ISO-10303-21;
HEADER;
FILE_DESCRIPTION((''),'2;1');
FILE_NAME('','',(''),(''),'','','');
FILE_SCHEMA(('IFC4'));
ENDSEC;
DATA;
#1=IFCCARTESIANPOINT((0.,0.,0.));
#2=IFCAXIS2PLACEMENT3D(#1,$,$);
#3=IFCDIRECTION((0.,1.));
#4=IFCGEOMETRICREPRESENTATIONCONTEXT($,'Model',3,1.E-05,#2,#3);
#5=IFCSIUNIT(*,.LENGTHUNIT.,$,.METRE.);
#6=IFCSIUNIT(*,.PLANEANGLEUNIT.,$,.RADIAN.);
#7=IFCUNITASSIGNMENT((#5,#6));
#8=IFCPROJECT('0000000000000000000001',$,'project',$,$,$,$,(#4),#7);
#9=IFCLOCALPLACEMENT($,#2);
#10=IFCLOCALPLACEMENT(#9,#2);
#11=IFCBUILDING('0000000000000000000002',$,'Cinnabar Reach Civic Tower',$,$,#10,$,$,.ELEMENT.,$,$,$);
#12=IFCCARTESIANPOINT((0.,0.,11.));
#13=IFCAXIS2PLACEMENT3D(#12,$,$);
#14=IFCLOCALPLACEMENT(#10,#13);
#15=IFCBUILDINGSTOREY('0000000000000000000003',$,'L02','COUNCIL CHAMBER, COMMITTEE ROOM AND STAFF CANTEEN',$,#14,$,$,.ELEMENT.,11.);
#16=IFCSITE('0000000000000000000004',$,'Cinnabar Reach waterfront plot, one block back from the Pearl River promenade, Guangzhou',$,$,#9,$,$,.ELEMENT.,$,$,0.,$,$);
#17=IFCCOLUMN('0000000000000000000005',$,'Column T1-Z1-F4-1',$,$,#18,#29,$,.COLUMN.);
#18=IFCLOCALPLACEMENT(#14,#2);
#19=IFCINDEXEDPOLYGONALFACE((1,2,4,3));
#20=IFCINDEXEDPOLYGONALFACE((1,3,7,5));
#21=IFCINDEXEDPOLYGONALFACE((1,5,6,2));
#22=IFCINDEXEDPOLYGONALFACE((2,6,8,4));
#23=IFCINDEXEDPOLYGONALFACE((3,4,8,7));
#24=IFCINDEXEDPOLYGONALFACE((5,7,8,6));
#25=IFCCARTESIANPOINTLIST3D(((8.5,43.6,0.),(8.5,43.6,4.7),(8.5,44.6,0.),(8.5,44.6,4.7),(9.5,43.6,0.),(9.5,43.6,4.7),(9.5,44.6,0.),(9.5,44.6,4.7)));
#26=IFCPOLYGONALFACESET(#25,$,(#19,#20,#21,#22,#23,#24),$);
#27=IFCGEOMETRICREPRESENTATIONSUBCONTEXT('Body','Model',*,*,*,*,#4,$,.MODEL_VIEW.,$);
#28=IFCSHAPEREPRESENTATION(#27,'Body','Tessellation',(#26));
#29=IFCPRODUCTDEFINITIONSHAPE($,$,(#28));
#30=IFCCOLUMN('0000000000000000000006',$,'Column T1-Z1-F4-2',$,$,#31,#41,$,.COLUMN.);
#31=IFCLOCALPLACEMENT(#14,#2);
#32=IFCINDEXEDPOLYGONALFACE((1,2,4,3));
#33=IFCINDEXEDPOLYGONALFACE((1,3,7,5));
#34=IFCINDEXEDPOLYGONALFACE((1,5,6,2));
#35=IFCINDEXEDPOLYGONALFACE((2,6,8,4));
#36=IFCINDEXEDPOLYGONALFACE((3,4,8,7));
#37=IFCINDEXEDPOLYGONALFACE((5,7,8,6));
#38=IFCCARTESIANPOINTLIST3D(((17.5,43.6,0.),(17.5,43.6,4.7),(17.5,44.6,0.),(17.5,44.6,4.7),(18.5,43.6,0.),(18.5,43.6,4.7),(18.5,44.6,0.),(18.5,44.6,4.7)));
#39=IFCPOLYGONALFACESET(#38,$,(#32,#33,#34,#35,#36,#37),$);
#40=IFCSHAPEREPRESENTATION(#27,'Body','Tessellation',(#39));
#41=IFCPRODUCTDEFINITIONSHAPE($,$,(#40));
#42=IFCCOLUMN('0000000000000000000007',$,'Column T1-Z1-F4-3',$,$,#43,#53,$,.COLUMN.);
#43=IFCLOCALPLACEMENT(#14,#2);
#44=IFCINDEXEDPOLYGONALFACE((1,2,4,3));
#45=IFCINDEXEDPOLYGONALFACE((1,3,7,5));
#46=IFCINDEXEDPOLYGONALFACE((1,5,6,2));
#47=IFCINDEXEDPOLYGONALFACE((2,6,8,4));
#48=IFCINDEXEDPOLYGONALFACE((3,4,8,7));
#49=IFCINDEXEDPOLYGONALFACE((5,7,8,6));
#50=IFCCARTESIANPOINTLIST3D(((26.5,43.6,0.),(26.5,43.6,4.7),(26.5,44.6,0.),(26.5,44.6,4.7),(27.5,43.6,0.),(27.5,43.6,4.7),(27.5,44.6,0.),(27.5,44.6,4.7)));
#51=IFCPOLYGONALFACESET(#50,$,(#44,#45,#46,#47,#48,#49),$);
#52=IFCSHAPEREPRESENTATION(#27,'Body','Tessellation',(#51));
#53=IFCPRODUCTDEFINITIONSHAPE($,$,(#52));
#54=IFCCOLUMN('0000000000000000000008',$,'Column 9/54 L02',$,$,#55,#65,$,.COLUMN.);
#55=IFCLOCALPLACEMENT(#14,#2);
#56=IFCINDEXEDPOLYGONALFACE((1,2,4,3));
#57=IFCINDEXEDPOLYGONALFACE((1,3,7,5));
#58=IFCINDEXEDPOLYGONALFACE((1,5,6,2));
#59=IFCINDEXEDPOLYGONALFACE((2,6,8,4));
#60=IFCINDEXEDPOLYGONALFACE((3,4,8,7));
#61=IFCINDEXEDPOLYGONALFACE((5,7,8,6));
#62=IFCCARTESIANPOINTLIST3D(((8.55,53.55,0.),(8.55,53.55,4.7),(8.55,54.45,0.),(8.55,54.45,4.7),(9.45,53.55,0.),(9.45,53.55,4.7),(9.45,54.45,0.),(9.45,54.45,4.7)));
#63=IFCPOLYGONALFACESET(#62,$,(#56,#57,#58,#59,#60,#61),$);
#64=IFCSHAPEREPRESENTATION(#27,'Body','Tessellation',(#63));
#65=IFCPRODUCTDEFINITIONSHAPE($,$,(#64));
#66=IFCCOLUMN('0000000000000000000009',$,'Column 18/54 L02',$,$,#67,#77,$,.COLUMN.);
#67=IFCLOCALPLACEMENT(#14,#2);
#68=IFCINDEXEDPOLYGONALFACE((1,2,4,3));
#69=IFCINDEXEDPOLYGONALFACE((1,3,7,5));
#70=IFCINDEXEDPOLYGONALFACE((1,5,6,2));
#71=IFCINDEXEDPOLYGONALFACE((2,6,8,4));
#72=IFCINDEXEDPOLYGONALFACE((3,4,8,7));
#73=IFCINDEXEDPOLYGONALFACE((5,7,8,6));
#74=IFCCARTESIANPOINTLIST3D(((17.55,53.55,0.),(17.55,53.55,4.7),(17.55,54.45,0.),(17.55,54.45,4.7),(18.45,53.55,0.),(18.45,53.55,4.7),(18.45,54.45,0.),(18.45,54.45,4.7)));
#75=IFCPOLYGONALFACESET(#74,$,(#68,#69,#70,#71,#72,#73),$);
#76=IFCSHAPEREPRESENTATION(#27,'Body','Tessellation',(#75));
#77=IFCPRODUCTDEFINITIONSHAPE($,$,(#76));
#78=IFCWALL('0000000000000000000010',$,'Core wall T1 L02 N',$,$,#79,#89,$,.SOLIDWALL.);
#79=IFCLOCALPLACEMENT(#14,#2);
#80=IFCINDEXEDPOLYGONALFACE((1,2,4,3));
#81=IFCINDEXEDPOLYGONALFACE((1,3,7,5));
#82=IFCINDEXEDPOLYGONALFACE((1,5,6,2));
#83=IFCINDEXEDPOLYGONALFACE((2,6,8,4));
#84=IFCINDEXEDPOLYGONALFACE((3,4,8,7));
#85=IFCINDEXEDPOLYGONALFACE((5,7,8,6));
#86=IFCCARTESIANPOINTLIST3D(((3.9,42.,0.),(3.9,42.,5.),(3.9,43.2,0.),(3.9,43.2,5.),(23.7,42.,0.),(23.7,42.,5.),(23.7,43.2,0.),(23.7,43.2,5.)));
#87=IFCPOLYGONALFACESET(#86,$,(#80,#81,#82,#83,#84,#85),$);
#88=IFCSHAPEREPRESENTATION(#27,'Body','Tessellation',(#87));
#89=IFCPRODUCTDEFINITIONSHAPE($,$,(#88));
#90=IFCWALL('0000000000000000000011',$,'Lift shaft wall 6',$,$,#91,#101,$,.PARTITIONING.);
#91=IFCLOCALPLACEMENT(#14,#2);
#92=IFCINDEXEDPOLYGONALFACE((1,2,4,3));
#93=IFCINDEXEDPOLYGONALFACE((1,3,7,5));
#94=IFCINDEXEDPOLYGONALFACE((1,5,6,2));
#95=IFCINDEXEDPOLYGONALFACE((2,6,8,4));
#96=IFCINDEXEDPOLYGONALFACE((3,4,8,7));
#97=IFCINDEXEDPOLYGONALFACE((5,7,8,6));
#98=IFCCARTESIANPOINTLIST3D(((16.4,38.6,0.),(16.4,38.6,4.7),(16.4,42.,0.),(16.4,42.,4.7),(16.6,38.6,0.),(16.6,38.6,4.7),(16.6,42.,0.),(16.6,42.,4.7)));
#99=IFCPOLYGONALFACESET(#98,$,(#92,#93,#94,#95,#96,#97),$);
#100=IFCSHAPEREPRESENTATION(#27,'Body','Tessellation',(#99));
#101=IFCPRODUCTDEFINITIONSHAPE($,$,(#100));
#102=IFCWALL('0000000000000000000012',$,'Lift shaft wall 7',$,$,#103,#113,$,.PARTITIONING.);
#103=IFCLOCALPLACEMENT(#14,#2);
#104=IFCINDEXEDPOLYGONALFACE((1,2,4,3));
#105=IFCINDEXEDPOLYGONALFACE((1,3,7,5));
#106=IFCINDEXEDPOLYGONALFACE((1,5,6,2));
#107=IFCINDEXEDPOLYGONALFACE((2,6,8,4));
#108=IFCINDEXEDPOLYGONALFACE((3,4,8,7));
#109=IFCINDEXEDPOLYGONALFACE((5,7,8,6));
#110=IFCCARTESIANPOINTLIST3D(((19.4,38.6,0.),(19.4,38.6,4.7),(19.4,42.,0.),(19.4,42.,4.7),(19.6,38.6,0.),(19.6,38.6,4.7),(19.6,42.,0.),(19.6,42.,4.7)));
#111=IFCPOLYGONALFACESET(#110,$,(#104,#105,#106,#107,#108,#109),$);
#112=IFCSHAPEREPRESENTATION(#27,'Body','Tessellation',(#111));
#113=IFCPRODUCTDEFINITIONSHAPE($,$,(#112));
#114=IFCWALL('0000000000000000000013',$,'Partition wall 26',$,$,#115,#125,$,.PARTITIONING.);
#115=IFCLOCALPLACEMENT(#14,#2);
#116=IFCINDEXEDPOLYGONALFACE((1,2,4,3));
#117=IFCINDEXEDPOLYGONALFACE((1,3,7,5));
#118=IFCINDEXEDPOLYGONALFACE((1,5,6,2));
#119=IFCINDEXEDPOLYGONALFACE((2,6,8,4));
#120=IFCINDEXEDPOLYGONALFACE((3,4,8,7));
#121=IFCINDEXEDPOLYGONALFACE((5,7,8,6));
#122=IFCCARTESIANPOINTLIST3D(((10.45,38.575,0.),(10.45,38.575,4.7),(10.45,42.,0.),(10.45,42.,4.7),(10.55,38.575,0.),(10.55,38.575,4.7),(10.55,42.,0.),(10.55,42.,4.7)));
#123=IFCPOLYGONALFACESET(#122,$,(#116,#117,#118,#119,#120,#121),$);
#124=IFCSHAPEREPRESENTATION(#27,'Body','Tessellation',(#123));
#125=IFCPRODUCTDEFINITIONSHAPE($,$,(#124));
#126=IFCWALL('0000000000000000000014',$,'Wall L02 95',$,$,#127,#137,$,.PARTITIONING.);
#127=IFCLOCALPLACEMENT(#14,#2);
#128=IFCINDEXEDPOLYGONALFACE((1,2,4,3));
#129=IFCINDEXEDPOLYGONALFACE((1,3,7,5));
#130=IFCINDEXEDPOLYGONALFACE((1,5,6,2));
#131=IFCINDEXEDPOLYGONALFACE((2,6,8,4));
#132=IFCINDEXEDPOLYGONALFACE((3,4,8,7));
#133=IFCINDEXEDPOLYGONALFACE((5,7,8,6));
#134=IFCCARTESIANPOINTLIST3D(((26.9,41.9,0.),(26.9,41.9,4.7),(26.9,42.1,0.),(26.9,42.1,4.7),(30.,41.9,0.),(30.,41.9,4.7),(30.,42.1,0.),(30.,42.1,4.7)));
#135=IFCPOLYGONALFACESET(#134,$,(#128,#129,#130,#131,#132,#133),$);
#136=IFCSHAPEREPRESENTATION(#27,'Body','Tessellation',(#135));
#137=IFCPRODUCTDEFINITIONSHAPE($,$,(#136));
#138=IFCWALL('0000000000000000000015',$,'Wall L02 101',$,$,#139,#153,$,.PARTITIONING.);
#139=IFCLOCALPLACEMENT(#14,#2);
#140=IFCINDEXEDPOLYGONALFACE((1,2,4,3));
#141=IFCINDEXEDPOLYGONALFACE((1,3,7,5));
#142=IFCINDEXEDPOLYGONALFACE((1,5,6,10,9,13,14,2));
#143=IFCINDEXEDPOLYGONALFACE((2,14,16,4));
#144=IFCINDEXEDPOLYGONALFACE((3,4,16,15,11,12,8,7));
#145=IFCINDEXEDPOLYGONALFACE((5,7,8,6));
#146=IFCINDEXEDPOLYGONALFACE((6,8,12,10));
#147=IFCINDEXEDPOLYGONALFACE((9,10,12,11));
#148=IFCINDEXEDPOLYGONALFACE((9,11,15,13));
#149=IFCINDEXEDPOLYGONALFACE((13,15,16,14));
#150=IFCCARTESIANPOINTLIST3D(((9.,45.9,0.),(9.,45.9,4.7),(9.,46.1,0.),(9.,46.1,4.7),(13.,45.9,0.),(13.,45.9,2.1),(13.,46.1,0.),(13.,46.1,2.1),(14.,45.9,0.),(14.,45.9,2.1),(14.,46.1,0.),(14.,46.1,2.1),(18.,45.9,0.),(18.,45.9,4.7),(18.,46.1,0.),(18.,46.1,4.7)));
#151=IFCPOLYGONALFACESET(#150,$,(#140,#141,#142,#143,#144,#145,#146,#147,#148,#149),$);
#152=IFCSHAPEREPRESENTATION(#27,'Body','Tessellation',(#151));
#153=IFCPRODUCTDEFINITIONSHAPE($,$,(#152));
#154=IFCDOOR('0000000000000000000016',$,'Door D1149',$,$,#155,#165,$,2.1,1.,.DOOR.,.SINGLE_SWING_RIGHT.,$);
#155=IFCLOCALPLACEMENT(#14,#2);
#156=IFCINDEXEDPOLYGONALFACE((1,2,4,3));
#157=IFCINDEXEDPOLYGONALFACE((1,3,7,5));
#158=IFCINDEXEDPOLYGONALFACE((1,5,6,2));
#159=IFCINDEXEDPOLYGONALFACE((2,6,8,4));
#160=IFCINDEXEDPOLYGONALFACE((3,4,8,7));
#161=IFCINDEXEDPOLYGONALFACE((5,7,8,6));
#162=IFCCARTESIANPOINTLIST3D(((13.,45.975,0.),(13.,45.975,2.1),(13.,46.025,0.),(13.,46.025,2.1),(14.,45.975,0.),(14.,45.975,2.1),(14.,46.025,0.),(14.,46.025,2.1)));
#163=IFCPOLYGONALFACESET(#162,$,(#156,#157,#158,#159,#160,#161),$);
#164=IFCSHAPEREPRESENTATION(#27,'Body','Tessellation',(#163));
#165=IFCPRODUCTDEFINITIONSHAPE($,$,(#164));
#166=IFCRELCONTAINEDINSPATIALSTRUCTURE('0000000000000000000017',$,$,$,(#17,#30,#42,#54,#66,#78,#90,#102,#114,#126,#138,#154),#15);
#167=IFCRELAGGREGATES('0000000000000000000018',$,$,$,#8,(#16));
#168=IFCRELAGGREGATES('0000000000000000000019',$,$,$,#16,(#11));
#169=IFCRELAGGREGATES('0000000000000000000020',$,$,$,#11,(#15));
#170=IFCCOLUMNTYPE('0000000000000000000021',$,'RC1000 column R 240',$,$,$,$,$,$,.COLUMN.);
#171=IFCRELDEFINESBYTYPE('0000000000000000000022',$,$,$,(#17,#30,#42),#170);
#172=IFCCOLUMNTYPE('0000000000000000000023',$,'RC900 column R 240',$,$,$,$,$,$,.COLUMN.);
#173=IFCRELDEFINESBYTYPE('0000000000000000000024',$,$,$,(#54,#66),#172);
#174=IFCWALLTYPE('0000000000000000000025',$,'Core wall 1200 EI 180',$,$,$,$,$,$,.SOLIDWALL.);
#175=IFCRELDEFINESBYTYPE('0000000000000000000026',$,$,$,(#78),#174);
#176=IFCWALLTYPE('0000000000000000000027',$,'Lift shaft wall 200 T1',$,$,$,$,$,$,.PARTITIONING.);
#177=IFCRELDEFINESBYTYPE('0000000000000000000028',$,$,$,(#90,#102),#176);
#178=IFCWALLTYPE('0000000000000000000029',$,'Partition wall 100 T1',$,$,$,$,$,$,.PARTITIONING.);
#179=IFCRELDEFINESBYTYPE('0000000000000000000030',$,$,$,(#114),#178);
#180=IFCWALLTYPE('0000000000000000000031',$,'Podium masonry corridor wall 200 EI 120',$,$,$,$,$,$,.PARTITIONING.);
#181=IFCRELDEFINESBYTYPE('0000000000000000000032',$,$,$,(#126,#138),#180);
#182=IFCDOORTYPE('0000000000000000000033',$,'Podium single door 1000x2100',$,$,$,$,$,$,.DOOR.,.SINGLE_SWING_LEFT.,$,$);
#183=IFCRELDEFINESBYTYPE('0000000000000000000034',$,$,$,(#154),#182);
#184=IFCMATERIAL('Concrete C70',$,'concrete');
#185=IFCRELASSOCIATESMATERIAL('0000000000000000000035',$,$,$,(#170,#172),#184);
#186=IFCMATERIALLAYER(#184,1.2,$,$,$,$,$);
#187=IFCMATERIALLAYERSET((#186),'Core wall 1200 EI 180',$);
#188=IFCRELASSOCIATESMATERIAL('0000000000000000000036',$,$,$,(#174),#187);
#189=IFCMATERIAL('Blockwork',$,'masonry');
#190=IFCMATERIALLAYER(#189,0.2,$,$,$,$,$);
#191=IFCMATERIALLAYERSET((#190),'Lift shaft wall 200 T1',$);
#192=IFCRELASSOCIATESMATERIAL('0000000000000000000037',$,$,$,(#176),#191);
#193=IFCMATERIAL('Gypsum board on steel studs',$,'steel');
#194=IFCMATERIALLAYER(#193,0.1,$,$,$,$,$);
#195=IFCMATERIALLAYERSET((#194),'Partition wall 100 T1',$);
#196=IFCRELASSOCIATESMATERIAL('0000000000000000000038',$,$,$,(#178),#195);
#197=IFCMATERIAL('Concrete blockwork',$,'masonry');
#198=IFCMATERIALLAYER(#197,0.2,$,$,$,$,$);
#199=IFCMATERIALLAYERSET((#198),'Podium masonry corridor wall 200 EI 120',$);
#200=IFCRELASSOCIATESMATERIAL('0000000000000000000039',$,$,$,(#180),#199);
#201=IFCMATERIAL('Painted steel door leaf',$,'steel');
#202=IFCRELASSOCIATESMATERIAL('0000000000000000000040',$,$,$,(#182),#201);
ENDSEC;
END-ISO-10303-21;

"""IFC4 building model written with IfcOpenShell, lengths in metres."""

from ifc_helpers import new_model, si_unit, direction, frame, frame_2d, origin, origin_2d, place, context, subcontext, project, spatial, rectangle, extrude, material, layer, layer_set, material_profile, profile_set, type_object, element, fill, save


model = new_model("IFC4")

# Units and contexts
model_context = context("Model", 3, precision=1e-05, world=origin(), true_north=direction((0.0, 1.0)))
body_context = subcontext(model_context, "Body", "Model", "MODEL_VIEW")
ifc_project = project(units=[si_unit("LENGTHUNIT", "METRE"), si_unit("PLANEANGLEUNIT", "RADIAN")], contexts=[model_context])

# Site, building, storey
site_placement = place(None, origin())
site = spatial("IfcSite", under=ifc_project, at=site_placement, Name="Cinnabar Reach waterfront plot, one block back from the Pearl River promenade, Guangzhou", CompositionType="ELEMENT", RefElevation=0.0)
building_placement = place(site_placement, origin())
building = spatial("IfcBuilding", under=site, at=building_placement, Name="Cinnabar Reach Civic Tower", CompositionType="ELEMENT")
storey_placement = place(building_placement, frame((0.0, 0.0, 11.0)))
storey = spatial("IfcBuildingStorey", under=building, at=storey_placement, Name="L02", Description="COUNCIL CHAMBER, COMMITTEE ROOM AND STAFF CANTEEN", CompositionType="ELEMENT", Elevation=11.0)

# Columns
ifc_material_1 = material(Name="Concrete C70", Category="concrete")
ifc_material_profile_1 = material_profile(ifc_material_1, rectangle(XDim=1.0, YDim=1.0, at=origin_2d()), Name="RC1000")
ifc_profile_set_1 = profile_set([ifc_material_profile_1], Name="Concrete C70")
column_type_1 = type_object("IfcColumnType", Name="RC1000 column R 240", PredefinedType="COLUMN", material=ifc_profile_set_1)
for number, where, z_axis, x_axis, name in (
    (1, (9.0, 44.1, 0.0), (0.0, 0.0, 1.0), (1.0, 0.0, 0.0), "Column T1-Z1-F4-1"),
    (2, (18.0, 44.1, 0.0), (0.0, 0.0, 1.0), (1.0, 0.0, 0.0), "Column T1-Z1-F4-2"),
    (3, (27.0, 44.1, 0.0), (0.0, 0.0, 1.0), (1.0, 0.0, 0.0), "Column T1-Z1-F4-3"),
):
    element("IfcColumn", number, at=place(storey_placement, frame(where, z_axis=z_axis, x_axis=x_axis)), inside=storey, type_object=column_type_1, Name=name, PredefinedType="COLUMN", context=body_context, shape_type="SweptSolid", body=[
        extrude(rectangle(XDim=1.0, YDim=1.0, at=origin_2d()), origin(), (0.0, 0.0, 1.0), 4.7),
    ])
ifc_material_profile_2 = material_profile(ifc_material_1, rectangle(XDim=0.9, YDim=0.9, at=origin_2d()), Name="RC900")
ifc_profile_set_2 = profile_set([ifc_material_profile_2], Name="Concrete C70")
column_type_2 = type_object("IfcColumnType", Name="RC900 column R 240", PredefinedType="COLUMN", material=ifc_profile_set_2)
for number, where, z_axis, x_axis, name in (
    (4, (9.0, 54.0, 0.0), (0.0, 0.0, 1.0), (1.0, 0.0, 0.0), "Column 9/54 L02"),
    (5, (18.0, 54.0, 0.0), (0.0, 0.0, 1.0), (1.0, 0.0, 0.0), "Column 18/54 L02"),
):
    element("IfcColumn", number, at=place(storey_placement, frame(where, z_axis=z_axis, x_axis=x_axis)), inside=storey, type_object=column_type_2, Name=name, PredefinedType="COLUMN", context=body_context, shape_type="SweptSolid", body=[
        extrude(rectangle(XDim=0.9, YDim=0.9, at=origin_2d()), origin(), (0.0, 0.0, 1.0), 4.7),
    ])

# Walls
ifc_layer_1 = layer(ifc_material_1, 1.2)
ifc_layer_set_1 = layer_set([ifc_layer_1], Name="Core wall 1200 EI 180")
wall_type_1 = type_object("IfcWallType", Name="Core wall 1200 EI 180", PredefinedType="SOLIDWALL", material=ifc_layer_set_1)
wall_1_placement = place(storey_placement, frame((23.7, 42.6, 0.0), z_axis=(0.0, 0.0, 1.0), x_axis=(-1.0, 0.0, 0.0)))
element("IfcWall", 6, at=wall_1_placement, inside=storey, type_object=wall_type_1, Name="Core wall T1 L02 N", PredefinedType="SOLIDWALL", context=body_context, shape_type="SweptSolid", body=[
    extrude(rectangle(XDim=19.8, YDim=1.2, at=frame_2d((9.9, 0.0))), origin(), (0.0, 0.0, 1.0), 5.0),
])
ifc_material_2 = material(Name="Blockwork", Category="masonry")
ifc_layer_2 = layer(ifc_material_2, 0.2)
ifc_layer_set_2 = layer_set([ifc_layer_2], Name="Lift shaft wall 200 T1")
wall_type_2 = type_object("IfcWallType", Name="Lift shaft wall 200 T1", PredefinedType="PARTITIONING", material=ifc_layer_set_2)
for number, where, z_axis, x_axis, name in (
    (7, (16.5, 38.6, 0.0), (0.0, 0.0, 1.0), (0.0, 1.0, 0.0), "Lift shaft wall 6"),
    (8, (19.5, 38.6, 0.0), (0.0, 0.0, 1.0), (0.0, 1.0, 0.0), "Lift shaft wall 7"),
):
    element("IfcWall", number, at=place(storey_placement, frame(where, z_axis=z_axis, x_axis=x_axis)), inside=storey, type_object=wall_type_2, Name=name, PredefinedType="PARTITIONING", context=body_context, shape_type="SweptSolid", body=[
        extrude(rectangle(XDim=3.4, YDim=0.2, at=frame_2d((1.7, 0.0))), origin(), (0.0, 0.0, 1.0), 4.7),
    ])
ifc_material_3 = material(Name="Gypsum board on steel studs", Category="steel")
ifc_layer_3 = layer(ifc_material_3, 0.1)
ifc_layer_set_3 = layer_set([ifc_layer_3], Name="Partition wall 100 T1")
wall_type_3 = type_object("IfcWallType", Name="Partition wall 100 T1", PredefinedType="PARTITIONING", material=ifc_layer_set_3)
wall_2_placement = place(storey_placement, frame((10.5, 38.575, 0.0), z_axis=(0.0, 0.0, 1.0), x_axis=(0.0, 1.0, 0.0)))
element("IfcWall", 9, at=wall_2_placement, inside=storey, type_object=wall_type_3, Name="Partition wall 26", PredefinedType="PARTITIONING", context=body_context, shape_type="SweptSolid", body=[
    extrude(rectangle(XDim=3.425, YDim=0.1, at=frame_2d((1.7125, 0.0))), origin(), (0.0, 0.0, 1.0), 4.7),
])
ifc_material_4 = material(Name="Concrete blockwork", Category="masonry")
ifc_layer_4 = layer(ifc_material_4, 0.2)
ifc_layer_set_4 = layer_set([ifc_layer_4], Name="Podium masonry corridor wall 200 EI 120")
wall_type_4 = type_object("IfcWallType", Name="Podium masonry corridor wall 200 EI 120", PredefinedType="PARTITIONING", material=ifc_layer_set_4)
wall_3_placement = place(storey_placement, frame((26.9, 42.0, 0.0), z_axis=(0.0, 0.0, 1.0), x_axis=(1.0, 0.0, 0.0)))
element("IfcWall", 10, at=wall_3_placement, inside=storey, type_object=wall_type_4, Name="Wall L02 95", PredefinedType="PARTITIONING", context=body_context, shape_type="SweptSolid", body=[
    extrude(rectangle(XDim=3.1, YDim=0.2, at=frame_2d((1.55, 0.0))), origin(), (0.0, 0.0, 1.0), 4.7),
])

# Wall, opening, door
wall_4_placement = place(storey_placement, frame((9.0, 46.0, 0.0), z_axis=(0.0, 0.0, 1.0), x_axis=(1.0, 0.0, 0.0)))
wall_4 = element("IfcWall", 11, at=wall_4_placement, inside=storey, type_object=wall_type_4, Name="Wall L02 101", PredefinedType="PARTITIONING", context=body_context, shape_type="SweptSolid", body=[
    extrude(rectangle(XDim=9.0, YDim=0.2, at=frame_2d((4.5, 0.0))), origin(), (0.0, 0.0, 1.0), 4.7),
])
opening_1_placement = place(wall_4_placement, frame((4.0, 0.0, 0.0)))
opening_1 = element("IfcOpeningElement", 12, at=opening_1_placement, cuts=wall_4, PredefinedType="OPENING", context=body_context, shape_type="SweptSolid", body=[
    extrude(rectangle(XDim=1.0, YDim=2.1, at=frame_2d((0.5, 1.05))), frame((0.0, 0.11, 0.0), z_axis=(0.0, -1.0, 0.0), x_axis=(1.0, 0.0, 0.0)), (0.0, 0.0, 1.0), 0.22),
])
ifc_material_5 = material(Name="Painted steel door leaf", Category="steel")
door_type_1 = type_object("IfcDoorType", Name="Podium single door 1000x2100", OperationType="SINGLE_SWING_LEFT", PredefinedType="DOOR", material=ifc_material_5)
door_1_placement = place(opening_1_placement, frame((1.0, 0.0, 0.0), z_axis=(0.0, 0.0, 1.0), x_axis=(-1.0, 0.0, 0.0)))
door_1 = element("IfcDoor", 13, at=door_1_placement, inside=storey, type_object=door_type_1, Name="Door D1149", OperationType="SINGLE_SWING_RIGHT", OverallHeight=2.1, OverallWidth=1.0, PredefinedType="DOOR", context=body_context, shape_type="SweptSolid", body=[
    extrude(rectangle(XDim=1.0, YDim=2.1, at=frame_2d((0.5, 1.05))), frame((0.0, 0.025, 0.0), z_axis=(0.0, -1.0, 0.0), x_axis=(1.0, 0.0, 0.0)), (0.0, 0.0, 1.0), 0.05),
])
fill(opening_1, door_1)

save(model, "model.ifc")
